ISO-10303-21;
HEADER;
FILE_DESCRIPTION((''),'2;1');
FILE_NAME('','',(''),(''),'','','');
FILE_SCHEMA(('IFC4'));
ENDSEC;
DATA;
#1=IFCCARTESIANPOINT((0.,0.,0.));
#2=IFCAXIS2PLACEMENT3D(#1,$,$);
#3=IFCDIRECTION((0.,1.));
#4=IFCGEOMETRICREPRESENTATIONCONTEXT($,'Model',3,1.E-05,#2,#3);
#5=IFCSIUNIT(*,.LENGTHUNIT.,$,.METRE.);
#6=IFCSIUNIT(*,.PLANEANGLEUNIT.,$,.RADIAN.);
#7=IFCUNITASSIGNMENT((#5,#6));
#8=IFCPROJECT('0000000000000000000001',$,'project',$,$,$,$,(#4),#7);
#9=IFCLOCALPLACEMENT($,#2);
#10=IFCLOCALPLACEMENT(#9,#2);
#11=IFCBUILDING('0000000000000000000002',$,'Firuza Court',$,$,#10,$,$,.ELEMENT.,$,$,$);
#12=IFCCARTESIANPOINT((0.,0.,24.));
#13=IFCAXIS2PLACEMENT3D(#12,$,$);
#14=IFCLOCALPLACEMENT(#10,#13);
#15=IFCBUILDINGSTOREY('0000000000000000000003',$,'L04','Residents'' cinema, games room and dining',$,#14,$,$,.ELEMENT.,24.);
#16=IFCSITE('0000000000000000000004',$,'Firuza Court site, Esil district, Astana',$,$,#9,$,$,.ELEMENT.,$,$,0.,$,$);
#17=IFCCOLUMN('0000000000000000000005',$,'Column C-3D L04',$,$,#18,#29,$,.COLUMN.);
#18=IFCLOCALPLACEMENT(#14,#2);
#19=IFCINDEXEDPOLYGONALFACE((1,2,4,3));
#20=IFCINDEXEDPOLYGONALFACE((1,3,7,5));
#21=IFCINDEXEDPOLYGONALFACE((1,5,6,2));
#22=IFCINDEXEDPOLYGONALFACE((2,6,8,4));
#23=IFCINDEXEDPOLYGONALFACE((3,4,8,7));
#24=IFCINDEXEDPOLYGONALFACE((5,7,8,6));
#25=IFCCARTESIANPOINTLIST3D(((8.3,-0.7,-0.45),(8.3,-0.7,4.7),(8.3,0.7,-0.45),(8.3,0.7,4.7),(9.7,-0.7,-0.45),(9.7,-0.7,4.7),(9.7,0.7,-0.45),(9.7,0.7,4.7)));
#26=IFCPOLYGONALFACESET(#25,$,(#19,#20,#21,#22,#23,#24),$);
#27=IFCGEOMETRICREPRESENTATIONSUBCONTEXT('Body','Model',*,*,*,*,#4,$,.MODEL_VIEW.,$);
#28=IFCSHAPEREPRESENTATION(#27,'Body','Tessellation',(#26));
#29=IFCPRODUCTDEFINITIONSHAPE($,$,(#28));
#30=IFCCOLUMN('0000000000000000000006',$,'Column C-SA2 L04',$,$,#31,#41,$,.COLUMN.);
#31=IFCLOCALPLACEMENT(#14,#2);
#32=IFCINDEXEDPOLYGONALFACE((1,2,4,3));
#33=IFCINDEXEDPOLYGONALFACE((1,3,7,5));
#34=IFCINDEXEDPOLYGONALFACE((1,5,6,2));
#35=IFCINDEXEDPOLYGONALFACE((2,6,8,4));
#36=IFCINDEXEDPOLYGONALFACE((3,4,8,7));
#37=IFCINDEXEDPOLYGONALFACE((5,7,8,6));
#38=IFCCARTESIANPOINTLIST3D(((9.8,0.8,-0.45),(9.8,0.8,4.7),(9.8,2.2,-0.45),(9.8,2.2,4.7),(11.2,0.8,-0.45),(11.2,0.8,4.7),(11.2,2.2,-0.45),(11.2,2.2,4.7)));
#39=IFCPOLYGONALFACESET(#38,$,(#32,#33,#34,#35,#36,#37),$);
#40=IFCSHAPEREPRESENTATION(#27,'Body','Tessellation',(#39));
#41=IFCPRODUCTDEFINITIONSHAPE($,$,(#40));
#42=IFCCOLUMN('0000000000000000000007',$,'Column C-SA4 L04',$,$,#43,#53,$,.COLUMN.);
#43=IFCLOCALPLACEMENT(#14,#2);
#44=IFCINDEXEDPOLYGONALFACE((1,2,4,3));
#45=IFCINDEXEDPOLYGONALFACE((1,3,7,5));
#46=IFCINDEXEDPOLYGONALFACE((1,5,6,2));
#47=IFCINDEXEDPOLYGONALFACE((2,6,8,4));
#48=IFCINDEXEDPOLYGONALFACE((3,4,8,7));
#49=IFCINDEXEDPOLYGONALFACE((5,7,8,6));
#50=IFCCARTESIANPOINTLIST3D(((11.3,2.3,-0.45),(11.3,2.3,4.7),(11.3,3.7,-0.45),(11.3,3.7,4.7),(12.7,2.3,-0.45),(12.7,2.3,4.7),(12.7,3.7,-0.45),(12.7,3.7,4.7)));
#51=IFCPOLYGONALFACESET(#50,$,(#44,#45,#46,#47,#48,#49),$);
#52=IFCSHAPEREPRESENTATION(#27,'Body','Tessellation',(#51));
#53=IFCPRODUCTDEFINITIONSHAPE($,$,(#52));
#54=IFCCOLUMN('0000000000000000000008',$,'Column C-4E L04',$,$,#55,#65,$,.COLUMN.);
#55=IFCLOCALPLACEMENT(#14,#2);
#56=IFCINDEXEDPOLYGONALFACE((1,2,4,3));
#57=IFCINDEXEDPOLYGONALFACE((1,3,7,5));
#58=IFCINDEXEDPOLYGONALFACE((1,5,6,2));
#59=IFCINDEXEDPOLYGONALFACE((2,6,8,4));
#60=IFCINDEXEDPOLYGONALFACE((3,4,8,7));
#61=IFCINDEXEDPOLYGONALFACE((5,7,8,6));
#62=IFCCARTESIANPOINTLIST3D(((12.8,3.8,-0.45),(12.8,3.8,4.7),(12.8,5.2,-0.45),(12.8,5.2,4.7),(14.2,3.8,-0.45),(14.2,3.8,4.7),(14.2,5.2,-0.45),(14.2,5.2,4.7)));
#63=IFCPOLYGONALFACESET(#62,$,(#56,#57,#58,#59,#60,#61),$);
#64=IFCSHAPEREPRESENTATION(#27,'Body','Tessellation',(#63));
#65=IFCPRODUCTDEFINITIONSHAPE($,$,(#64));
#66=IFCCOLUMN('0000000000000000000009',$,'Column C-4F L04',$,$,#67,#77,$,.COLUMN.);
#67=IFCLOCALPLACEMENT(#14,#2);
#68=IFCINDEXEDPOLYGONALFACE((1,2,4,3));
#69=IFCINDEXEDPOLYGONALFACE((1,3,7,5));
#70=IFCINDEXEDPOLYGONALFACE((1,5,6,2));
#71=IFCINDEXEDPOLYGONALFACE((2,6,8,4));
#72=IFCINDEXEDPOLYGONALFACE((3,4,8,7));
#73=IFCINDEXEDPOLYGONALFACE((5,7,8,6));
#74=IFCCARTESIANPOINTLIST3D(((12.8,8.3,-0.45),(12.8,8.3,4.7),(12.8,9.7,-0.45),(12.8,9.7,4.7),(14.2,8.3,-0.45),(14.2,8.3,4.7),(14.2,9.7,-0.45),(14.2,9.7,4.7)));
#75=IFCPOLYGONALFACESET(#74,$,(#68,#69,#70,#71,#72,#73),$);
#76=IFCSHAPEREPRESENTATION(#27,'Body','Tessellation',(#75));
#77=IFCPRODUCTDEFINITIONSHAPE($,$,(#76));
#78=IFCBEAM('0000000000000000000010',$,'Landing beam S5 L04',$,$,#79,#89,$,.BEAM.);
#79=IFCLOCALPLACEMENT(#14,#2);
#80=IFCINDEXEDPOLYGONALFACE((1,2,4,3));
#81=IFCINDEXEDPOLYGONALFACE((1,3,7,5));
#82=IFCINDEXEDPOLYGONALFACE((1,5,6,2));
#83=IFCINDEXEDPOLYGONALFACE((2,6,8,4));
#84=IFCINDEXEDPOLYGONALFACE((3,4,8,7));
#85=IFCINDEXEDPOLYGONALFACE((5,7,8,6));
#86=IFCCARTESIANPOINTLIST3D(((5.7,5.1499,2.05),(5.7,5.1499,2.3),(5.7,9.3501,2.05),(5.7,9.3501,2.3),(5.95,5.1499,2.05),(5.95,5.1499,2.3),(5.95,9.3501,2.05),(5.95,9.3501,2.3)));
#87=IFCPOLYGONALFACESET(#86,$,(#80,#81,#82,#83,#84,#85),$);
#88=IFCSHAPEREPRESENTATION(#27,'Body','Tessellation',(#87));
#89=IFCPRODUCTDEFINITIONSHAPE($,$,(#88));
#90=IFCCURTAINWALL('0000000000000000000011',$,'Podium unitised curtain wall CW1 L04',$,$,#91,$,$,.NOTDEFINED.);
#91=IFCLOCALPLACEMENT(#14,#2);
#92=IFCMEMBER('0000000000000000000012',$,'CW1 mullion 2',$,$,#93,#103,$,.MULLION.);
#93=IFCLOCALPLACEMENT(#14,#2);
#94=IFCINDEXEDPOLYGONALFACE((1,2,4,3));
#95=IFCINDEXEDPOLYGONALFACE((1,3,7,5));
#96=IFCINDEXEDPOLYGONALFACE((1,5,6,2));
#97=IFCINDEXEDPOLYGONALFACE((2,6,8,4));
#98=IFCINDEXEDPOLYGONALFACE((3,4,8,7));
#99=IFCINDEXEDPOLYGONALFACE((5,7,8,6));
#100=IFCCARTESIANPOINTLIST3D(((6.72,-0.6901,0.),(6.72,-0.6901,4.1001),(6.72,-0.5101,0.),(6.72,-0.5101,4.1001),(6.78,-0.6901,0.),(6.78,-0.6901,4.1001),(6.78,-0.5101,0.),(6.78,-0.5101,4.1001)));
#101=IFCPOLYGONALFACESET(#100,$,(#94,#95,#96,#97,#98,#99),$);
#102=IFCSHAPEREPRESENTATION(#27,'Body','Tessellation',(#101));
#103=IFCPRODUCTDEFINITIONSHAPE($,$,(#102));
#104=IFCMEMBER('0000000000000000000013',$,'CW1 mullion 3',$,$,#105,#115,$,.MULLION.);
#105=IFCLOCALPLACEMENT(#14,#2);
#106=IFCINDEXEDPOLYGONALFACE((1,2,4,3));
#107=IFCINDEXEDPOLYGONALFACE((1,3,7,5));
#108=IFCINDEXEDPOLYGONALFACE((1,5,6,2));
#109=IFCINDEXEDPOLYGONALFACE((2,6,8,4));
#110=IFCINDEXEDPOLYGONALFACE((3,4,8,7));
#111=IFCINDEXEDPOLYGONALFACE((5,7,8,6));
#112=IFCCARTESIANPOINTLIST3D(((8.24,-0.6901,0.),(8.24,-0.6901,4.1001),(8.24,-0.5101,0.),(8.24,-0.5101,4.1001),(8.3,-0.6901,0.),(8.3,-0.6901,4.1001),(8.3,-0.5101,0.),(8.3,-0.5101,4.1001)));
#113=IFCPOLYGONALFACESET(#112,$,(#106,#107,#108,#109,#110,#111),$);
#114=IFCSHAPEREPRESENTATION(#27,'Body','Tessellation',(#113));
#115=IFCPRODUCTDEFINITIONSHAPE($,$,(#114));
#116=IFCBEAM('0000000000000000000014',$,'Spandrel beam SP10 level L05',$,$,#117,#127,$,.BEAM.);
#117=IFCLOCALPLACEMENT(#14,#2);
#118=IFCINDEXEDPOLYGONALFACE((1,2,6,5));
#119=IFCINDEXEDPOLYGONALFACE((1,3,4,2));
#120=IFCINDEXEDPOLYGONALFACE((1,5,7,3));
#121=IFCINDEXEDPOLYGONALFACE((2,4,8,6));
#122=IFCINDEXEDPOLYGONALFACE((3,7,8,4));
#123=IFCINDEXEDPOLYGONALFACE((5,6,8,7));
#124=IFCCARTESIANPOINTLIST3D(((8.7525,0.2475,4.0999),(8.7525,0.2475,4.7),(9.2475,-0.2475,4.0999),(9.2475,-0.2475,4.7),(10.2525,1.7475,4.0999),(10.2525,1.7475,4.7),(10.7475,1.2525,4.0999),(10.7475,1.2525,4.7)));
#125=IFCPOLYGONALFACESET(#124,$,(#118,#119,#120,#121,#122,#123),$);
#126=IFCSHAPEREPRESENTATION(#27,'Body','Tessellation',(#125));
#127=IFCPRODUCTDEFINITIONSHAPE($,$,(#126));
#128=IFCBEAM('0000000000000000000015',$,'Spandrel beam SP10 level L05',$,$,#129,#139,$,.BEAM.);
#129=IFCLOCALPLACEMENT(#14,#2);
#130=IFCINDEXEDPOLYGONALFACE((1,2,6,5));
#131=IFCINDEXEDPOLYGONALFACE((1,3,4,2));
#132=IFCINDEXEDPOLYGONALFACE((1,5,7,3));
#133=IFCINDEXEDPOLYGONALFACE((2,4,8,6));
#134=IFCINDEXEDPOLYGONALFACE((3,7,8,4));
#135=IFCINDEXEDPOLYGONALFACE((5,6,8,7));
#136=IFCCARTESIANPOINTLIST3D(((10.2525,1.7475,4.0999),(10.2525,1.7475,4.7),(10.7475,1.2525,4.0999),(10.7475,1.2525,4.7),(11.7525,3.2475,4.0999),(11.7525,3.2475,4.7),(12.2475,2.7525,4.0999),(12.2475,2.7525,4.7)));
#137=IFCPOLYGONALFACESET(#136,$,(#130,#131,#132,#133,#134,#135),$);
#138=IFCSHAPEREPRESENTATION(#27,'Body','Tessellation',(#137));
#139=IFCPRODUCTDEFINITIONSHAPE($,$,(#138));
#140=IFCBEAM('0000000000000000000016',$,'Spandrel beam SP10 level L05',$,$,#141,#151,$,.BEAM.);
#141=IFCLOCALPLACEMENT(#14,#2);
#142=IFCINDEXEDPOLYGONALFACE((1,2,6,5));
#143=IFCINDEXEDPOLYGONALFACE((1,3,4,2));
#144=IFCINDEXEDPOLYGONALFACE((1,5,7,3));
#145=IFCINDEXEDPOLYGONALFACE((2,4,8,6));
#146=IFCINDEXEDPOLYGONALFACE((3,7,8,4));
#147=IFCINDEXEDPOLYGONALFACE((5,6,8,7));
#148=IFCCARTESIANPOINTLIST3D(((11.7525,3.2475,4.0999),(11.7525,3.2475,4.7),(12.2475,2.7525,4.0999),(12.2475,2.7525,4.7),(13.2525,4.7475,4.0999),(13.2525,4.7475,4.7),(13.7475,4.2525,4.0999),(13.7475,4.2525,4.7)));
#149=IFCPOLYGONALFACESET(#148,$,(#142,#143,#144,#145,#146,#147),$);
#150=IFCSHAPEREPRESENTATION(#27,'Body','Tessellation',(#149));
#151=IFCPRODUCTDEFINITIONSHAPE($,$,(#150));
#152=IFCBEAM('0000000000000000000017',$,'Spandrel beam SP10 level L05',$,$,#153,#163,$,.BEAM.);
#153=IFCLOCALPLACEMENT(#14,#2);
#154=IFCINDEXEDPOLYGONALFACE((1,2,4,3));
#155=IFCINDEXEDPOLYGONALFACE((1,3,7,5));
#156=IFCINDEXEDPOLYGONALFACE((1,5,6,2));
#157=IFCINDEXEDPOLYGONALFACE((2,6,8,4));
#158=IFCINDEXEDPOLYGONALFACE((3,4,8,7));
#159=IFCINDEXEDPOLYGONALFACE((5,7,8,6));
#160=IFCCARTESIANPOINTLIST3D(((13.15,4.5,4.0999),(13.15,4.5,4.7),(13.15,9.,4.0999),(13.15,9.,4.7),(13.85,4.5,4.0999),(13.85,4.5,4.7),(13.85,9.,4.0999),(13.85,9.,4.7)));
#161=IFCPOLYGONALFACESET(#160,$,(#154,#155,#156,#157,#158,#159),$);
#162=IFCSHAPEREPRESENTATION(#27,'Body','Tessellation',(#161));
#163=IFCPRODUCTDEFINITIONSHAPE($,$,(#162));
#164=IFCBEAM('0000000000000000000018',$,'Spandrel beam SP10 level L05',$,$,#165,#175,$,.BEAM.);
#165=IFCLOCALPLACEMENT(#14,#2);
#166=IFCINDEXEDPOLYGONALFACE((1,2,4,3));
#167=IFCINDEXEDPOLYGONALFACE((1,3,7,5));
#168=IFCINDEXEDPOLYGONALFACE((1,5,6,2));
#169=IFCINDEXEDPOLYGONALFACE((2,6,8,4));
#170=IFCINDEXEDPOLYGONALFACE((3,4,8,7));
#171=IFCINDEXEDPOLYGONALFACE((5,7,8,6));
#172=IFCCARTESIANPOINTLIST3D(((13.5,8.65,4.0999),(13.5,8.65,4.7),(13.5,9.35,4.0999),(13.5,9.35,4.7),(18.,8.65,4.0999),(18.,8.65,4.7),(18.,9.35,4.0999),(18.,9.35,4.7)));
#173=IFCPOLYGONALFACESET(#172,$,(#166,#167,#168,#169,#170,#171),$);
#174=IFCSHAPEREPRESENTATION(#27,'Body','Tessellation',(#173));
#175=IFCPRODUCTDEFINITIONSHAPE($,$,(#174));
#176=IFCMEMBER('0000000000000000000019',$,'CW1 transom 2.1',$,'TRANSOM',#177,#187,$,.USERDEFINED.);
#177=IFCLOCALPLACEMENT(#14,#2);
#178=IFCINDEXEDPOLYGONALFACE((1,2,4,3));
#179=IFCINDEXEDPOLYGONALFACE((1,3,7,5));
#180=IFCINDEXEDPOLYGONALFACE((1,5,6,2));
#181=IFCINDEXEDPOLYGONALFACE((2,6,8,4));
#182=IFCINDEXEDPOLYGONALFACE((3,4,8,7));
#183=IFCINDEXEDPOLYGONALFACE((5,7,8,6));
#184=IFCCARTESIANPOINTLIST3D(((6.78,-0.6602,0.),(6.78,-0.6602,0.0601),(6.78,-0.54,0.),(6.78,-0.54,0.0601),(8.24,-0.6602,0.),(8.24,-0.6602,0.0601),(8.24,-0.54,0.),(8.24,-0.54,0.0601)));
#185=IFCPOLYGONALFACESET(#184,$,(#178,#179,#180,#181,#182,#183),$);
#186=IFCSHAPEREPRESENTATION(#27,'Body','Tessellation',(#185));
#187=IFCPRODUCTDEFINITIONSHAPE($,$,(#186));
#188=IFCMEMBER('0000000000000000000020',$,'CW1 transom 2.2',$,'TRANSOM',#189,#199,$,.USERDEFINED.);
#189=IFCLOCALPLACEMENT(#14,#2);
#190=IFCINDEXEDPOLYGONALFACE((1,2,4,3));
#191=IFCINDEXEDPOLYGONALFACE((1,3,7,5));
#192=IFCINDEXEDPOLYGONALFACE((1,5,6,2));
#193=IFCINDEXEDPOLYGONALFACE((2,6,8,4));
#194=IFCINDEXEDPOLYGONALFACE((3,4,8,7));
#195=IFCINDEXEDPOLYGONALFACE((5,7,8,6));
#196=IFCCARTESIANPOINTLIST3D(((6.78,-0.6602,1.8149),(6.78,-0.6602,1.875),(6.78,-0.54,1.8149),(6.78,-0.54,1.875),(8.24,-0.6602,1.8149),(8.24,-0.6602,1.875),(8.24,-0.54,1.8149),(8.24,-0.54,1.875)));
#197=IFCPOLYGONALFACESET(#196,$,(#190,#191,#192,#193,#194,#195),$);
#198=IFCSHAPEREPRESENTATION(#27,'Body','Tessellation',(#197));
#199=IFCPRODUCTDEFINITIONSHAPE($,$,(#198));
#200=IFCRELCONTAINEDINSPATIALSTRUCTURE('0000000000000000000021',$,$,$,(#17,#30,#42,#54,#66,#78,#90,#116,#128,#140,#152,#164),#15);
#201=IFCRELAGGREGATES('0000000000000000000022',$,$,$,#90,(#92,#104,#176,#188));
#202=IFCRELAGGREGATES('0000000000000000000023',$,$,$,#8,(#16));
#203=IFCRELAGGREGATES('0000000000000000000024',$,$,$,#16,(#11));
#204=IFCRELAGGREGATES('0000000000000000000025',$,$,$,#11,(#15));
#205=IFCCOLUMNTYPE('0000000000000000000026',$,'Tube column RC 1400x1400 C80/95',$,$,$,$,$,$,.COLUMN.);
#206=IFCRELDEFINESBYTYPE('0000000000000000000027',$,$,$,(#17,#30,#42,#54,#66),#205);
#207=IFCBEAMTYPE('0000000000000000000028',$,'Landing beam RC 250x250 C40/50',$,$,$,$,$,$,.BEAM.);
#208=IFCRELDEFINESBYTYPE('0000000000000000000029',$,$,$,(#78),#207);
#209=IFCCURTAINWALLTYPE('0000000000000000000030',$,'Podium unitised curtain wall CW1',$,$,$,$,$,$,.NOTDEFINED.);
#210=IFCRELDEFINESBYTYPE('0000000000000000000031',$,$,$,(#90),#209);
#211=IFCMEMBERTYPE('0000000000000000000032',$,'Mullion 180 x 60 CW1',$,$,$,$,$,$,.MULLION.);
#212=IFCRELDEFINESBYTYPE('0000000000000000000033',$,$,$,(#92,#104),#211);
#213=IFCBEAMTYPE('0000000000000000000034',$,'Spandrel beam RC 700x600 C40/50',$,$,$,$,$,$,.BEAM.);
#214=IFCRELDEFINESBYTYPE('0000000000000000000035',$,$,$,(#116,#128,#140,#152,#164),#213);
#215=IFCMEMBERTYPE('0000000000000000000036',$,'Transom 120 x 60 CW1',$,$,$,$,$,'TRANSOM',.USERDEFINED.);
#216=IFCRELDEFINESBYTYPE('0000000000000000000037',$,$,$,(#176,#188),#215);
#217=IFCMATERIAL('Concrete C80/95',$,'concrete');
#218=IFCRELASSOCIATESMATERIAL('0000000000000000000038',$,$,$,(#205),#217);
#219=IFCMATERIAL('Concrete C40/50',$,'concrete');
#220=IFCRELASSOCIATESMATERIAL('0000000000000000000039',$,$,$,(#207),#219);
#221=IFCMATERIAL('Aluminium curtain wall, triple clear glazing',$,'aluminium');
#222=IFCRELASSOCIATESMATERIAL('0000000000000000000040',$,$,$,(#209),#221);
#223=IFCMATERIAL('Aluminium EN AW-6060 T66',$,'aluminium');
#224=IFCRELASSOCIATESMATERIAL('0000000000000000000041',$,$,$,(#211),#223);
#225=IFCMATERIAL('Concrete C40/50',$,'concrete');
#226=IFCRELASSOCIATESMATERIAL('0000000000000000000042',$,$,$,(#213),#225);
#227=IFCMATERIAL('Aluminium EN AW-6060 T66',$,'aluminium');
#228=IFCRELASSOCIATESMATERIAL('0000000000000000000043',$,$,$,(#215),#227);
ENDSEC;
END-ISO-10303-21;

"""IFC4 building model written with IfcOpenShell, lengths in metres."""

from ifc_helpers import new_model, si_unit, direction, frame, origin, origin_2d, place, context, subcontext, project, spatial, rectangle, extrude, material, material_profile, profile_set, type_object, element, aggregate, save


model = new_model("IFC4")

# Units and contexts
model_context = context("Model", 3, precision=1e-05, world=origin(), true_north=direction((0.0, 1.0)))
body_context = subcontext(model_context, "Body", "Model", "MODEL_VIEW")
ifc_project = project(units=[si_unit("LENGTHUNIT", "METRE"), si_unit("PLANEANGLEUNIT", "RADIAN")], contexts=[model_context])

# Site, building, storey
site_placement = place(None, origin())
site = spatial("IfcSite", under=ifc_project, at=site_placement, Name="Firuza Court site, Esil district, Astana", CompositionType="ELEMENT", RefElevation=0.0)
building_placement = place(site_placement, origin())
building = spatial("IfcBuilding", under=site, at=building_placement, Name="Firuza Court", CompositionType="ELEMENT")
storey_placement = place(building_placement, frame((0.0, 0.0, 24.0)))
storey = spatial("IfcBuildingStorey", under=building, at=storey_placement, Name="L04", Description="Residents' cinema, games room and dining", CompositionType="ELEMENT", Elevation=24.0)

# Columns
ifc_material_1 = material(Name="Concrete C80/95", Category="concrete")
ifc_material_profile_1 = material_profile(ifc_material_1, rectangle(XDim=1.3999, YDim=1.3999, at=origin_2d()), Name="RC 1400x1400")
ifc_profile_set_1 = profile_set([ifc_material_profile_1], Name="Concrete C80/95")
column_type = type_object("IfcColumnType", Name="Tube column RC 1400x1400 C80/95", PredefinedType="COLUMN", material=ifc_profile_set_1)
for number, where, z_axis, x_axis, name in (
    (1, (9.0, 0.0, -0.45), (0.0, 0.0, 1.0), (1.0, 0.0, 0.0), "Column C-3D L04"),
    (2, (10.5, 1.5, -0.45), (0.0, 0.0, 1.0), (1.0, 0.0, 0.0), "Column C-SA2 L04"),
    (3, (12.0, 3.0, -0.45), (0.0, 0.0, 1.0), (1.0, 0.0, 0.0), "Column C-SA4 L04"),
    (4, (13.5, 4.5, -0.45), (0.0, 0.0, 1.0), (1.0, 0.0, 0.0), "Column C-4E L04"),
    (5, (13.5, 9.0, -0.45), (0.0, 0.0, 1.0), (1.0, 0.0, 0.0), "Column C-4F L04"),
):
    element("IfcColumn", number, at=place(storey_placement, frame(where, z_axis=z_axis, x_axis=x_axis)), inside=storey, type_object=column_type, Name=name, PredefinedType="COLUMN", context=body_context, shape_type="SweptSolid", body=[
        extrude(rectangle(XDim=1.3999, YDim=1.3999, at=origin_2d()), origin(), (0.0, 0.0, 1.0), 5.1499),
    ])

# Beam
ifc_material_2 = material(Name="Concrete C40/50", Category="concrete")
ifc_material_profile_2 = material_profile(ifc_material_2, rectangle(XDim=0.25, YDim=0.25, at=origin_2d()), Name="RC 250x250")
ifc_profile_set_2 = profile_set([ifc_material_profile_2], Name="Concrete C40/50")
beam_type_1 = type_object("IfcBeamType", Name="Landing beam RC 250x250 C40/50", PredefinedType="BEAM", material=ifc_profile_set_2)
beam_placement = place(storey_placement, frame((5.825, 5.1499, 2.175), z_axis=(0.0, 1.0, 0.0), x_axis=(-1.0, 0.0, 0.0)))
element("IfcBeam", 6, at=beam_placement, inside=storey, type_object=beam_type_1, Name="Landing beam S5 L04", PredefinedType="BEAM", context=body_context, shape_type="SweptSolid", body=[
    extrude(rectangle(XDim=0.25, YDim=0.25, at=origin_2d()), origin(), (0.0, 0.0, 1.0), 4.2002),
])

# Curtain wall, members
ifc_material_3 = material(Name="Aluminium curtain wall, triple clear glazing", Category="aluminium")
curtain_wall_type = type_object("IfcCurtainWallType", Name="Podium unitised curtain wall CW1", PredefinedType="NOTDEFINED", material=ifc_material_3)
curtain_wall_placement = place(storey_placement, origin())
curtain_wall = element("IfcCurtainWall", 7, at=curtain_wall_placement, inside=storey, type_object=curtain_wall_type, Name="Podium unitised curtain wall CW1 L04", PredefinedType="NOTDEFINED")
ifc_material_4 = material(Name="Aluminium EN AW-6060 T66", Category="aluminium")
ifc_material_profile_3 = material_profile(ifc_material_4, rectangle(XDim=0.1799, YDim=0.0601, at=origin_2d()), Name="Mullion 180 x 60 CW1")
ifc_profile_set_3 = profile_set([ifc_material_profile_3], Name="Aluminium EN AW-6060 T66")
member_type_1 = type_object("IfcMemberType", Name="Mullion 180 x 60 CW1", PredefinedType="MULLION", material=ifc_profile_set_3)
member_1_placement = place(storey_placement, frame((6.75, -0.6001, 0.0), z_axis=(0.0, 0.0, 1.0), x_axis=(0.0, 1.0, 0.0)))
member_1 = element("IfcMember", 8, at=member_1_placement, type_object=member_type_1, Name="CW1 mullion 2", PredefinedType="MULLION", context=body_context, shape_type="SweptSolid", body=[
    extrude(rectangle(XDim=0.1799, YDim=0.0601, at=origin_2d()), origin(), (0.0, 0.0, 1.0), 4.1001),
])
member_2_placement = place(storey_placement, frame((8.27, -0.6001, 0.0), z_axis=(0.0, 0.0, 1.0), x_axis=(0.0, 1.0, 0.0)))
member_2 = element("IfcMember", 9, at=member_2_placement, type_object=member_type_1, Name="CW1 mullion 3", PredefinedType="MULLION", context=body_context, shape_type="SweptSolid", body=[
    extrude(rectangle(XDim=0.1799, YDim=0.0601, at=origin_2d()), origin(), (0.0, 0.0, 1.0), 4.1001),
])

# Beams
ifc_material_5 = material(Name="Concrete C40/50", Category="concrete")
ifc_material_profile_4 = material_profile(ifc_material_5, rectangle(XDim=0.7, YDim=0.6001, at=origin_2d()), Name="RC 700x600")
ifc_profile_set_4 = profile_set([ifc_material_profile_4], Name="Concrete C40/50")
beam_type_2 = type_object("IfcBeamType", Name="Spandrel beam RC 700x600 C40/50", PredefinedType="BEAM", material=ifc_profile_set_4)
for number, where, z_axis, x_axis, name in (
    (10, (9.0, 0.0, 4.3999), (0.707107, 0.707107, 0.0), (-0.707107, 0.707107, 0.0), "Spandrel beam SP10 level L05"),
    (11, (10.5, 1.5, 4.3999), (0.707107, 0.707107, 0.0), (-0.707107, 0.707107, 0.0), "Spandrel beam SP10 level L05"),
    (12, (12.0, 3.0, 4.3999), (0.707107, 0.707107, 0.0), (-0.707107, 0.707107, 0.0), "Spandrel beam SP10 level L05"),
):
    element("IfcBeam", number, at=place(storey_placement, frame(where, z_axis=z_axis, x_axis=x_axis)), inside=storey, type_object=beam_type_2, Name=name, PredefinedType="BEAM", context=body_context, shape_type="SweptSolid", body=[
        extrude(rectangle(XDim=0.7, YDim=0.6001, at=origin_2d()), origin(), (0.0, 0.0, 1.0), 2.1213),
    ])
for number, where, z_axis, x_axis, name in (
    (13, (13.5, 4.5, 4.3999), (0.0, 1.0, 0.0), (-1.0, 0.0, 0.0), "Spandrel beam SP10 level L05"),
    (14, (13.5, 9.0, 4.3999), (1.0, 0.0, 0.0), (0.0, 1.0, 0.0), "Spandrel beam SP10 level L05"),
):
    element("IfcBeam", number, at=place(storey_placement, frame(where, z_axis=z_axis, x_axis=x_axis)), inside=storey, type_object=beam_type_2, Name=name, PredefinedType="BEAM", context=body_context, shape_type="SweptSolid", body=[
        extrude(rectangle(XDim=0.7, YDim=0.6001, at=origin_2d()), origin(), (0.0, 0.0, 1.0), 4.5),
    ])

# Members
ifc_material_6 = material(Name="Aluminium EN AW-6060 T66", Category="aluminium")
ifc_material_profile_5 = material_profile(ifc_material_6, rectangle(XDim=0.1201, YDim=0.0601, at=origin_2d()), Name="Transom 120 x 60 CW1")
ifc_profile_set_5 = profile_set([ifc_material_profile_5], Name="Aluminium EN AW-6060 T66")
member_type_2 = type_object("IfcMemberType", Name="Transom 120 x 60 CW1", ElementType="TRANSOM", PredefinedType="USERDEFINED", material=ifc_profile_set_5)
member_3_placement = place(storey_placement, frame((6.78, -0.6001, 0.03), z_axis=(1.0, 0.0, 0.0), x_axis=(0.0, 1.0, 0.0)))
member_3 = element("IfcMember", 15, at=member_3_placement, type_object=member_type_2, Name="CW1 transom 2.1", ObjectType="TRANSOM", PredefinedType="USERDEFINED", context=body_context, shape_type="SweptSolid", body=[
    extrude(rectangle(XDim=0.1201, YDim=0.0601, at=origin_2d()), origin(), (0.0, 0.0, 1.0), 1.46),
])
member_4_placement = place(storey_placement, frame((6.78, -0.6001, 1.845), z_axis=(1.0, 0.0, 0.0), x_axis=(0.0, 1.0, 0.0)))
member_4 = element("IfcMember", 16, at=member_4_placement, type_object=member_type_2, Name="CW1 transom 2.2", ObjectType="TRANSOM", PredefinedType="USERDEFINED", context=body_context, shape_type="SweptSolid", body=[
    extrude(rectangle(XDim=0.1201, YDim=0.0601, at=origin_2d()), origin(), (0.0, 0.0, 1.0), 1.46),
])

aggregate(curtain_wall, [member_1, member_2, member_3, member_4])

save(model, "model.ifc")
